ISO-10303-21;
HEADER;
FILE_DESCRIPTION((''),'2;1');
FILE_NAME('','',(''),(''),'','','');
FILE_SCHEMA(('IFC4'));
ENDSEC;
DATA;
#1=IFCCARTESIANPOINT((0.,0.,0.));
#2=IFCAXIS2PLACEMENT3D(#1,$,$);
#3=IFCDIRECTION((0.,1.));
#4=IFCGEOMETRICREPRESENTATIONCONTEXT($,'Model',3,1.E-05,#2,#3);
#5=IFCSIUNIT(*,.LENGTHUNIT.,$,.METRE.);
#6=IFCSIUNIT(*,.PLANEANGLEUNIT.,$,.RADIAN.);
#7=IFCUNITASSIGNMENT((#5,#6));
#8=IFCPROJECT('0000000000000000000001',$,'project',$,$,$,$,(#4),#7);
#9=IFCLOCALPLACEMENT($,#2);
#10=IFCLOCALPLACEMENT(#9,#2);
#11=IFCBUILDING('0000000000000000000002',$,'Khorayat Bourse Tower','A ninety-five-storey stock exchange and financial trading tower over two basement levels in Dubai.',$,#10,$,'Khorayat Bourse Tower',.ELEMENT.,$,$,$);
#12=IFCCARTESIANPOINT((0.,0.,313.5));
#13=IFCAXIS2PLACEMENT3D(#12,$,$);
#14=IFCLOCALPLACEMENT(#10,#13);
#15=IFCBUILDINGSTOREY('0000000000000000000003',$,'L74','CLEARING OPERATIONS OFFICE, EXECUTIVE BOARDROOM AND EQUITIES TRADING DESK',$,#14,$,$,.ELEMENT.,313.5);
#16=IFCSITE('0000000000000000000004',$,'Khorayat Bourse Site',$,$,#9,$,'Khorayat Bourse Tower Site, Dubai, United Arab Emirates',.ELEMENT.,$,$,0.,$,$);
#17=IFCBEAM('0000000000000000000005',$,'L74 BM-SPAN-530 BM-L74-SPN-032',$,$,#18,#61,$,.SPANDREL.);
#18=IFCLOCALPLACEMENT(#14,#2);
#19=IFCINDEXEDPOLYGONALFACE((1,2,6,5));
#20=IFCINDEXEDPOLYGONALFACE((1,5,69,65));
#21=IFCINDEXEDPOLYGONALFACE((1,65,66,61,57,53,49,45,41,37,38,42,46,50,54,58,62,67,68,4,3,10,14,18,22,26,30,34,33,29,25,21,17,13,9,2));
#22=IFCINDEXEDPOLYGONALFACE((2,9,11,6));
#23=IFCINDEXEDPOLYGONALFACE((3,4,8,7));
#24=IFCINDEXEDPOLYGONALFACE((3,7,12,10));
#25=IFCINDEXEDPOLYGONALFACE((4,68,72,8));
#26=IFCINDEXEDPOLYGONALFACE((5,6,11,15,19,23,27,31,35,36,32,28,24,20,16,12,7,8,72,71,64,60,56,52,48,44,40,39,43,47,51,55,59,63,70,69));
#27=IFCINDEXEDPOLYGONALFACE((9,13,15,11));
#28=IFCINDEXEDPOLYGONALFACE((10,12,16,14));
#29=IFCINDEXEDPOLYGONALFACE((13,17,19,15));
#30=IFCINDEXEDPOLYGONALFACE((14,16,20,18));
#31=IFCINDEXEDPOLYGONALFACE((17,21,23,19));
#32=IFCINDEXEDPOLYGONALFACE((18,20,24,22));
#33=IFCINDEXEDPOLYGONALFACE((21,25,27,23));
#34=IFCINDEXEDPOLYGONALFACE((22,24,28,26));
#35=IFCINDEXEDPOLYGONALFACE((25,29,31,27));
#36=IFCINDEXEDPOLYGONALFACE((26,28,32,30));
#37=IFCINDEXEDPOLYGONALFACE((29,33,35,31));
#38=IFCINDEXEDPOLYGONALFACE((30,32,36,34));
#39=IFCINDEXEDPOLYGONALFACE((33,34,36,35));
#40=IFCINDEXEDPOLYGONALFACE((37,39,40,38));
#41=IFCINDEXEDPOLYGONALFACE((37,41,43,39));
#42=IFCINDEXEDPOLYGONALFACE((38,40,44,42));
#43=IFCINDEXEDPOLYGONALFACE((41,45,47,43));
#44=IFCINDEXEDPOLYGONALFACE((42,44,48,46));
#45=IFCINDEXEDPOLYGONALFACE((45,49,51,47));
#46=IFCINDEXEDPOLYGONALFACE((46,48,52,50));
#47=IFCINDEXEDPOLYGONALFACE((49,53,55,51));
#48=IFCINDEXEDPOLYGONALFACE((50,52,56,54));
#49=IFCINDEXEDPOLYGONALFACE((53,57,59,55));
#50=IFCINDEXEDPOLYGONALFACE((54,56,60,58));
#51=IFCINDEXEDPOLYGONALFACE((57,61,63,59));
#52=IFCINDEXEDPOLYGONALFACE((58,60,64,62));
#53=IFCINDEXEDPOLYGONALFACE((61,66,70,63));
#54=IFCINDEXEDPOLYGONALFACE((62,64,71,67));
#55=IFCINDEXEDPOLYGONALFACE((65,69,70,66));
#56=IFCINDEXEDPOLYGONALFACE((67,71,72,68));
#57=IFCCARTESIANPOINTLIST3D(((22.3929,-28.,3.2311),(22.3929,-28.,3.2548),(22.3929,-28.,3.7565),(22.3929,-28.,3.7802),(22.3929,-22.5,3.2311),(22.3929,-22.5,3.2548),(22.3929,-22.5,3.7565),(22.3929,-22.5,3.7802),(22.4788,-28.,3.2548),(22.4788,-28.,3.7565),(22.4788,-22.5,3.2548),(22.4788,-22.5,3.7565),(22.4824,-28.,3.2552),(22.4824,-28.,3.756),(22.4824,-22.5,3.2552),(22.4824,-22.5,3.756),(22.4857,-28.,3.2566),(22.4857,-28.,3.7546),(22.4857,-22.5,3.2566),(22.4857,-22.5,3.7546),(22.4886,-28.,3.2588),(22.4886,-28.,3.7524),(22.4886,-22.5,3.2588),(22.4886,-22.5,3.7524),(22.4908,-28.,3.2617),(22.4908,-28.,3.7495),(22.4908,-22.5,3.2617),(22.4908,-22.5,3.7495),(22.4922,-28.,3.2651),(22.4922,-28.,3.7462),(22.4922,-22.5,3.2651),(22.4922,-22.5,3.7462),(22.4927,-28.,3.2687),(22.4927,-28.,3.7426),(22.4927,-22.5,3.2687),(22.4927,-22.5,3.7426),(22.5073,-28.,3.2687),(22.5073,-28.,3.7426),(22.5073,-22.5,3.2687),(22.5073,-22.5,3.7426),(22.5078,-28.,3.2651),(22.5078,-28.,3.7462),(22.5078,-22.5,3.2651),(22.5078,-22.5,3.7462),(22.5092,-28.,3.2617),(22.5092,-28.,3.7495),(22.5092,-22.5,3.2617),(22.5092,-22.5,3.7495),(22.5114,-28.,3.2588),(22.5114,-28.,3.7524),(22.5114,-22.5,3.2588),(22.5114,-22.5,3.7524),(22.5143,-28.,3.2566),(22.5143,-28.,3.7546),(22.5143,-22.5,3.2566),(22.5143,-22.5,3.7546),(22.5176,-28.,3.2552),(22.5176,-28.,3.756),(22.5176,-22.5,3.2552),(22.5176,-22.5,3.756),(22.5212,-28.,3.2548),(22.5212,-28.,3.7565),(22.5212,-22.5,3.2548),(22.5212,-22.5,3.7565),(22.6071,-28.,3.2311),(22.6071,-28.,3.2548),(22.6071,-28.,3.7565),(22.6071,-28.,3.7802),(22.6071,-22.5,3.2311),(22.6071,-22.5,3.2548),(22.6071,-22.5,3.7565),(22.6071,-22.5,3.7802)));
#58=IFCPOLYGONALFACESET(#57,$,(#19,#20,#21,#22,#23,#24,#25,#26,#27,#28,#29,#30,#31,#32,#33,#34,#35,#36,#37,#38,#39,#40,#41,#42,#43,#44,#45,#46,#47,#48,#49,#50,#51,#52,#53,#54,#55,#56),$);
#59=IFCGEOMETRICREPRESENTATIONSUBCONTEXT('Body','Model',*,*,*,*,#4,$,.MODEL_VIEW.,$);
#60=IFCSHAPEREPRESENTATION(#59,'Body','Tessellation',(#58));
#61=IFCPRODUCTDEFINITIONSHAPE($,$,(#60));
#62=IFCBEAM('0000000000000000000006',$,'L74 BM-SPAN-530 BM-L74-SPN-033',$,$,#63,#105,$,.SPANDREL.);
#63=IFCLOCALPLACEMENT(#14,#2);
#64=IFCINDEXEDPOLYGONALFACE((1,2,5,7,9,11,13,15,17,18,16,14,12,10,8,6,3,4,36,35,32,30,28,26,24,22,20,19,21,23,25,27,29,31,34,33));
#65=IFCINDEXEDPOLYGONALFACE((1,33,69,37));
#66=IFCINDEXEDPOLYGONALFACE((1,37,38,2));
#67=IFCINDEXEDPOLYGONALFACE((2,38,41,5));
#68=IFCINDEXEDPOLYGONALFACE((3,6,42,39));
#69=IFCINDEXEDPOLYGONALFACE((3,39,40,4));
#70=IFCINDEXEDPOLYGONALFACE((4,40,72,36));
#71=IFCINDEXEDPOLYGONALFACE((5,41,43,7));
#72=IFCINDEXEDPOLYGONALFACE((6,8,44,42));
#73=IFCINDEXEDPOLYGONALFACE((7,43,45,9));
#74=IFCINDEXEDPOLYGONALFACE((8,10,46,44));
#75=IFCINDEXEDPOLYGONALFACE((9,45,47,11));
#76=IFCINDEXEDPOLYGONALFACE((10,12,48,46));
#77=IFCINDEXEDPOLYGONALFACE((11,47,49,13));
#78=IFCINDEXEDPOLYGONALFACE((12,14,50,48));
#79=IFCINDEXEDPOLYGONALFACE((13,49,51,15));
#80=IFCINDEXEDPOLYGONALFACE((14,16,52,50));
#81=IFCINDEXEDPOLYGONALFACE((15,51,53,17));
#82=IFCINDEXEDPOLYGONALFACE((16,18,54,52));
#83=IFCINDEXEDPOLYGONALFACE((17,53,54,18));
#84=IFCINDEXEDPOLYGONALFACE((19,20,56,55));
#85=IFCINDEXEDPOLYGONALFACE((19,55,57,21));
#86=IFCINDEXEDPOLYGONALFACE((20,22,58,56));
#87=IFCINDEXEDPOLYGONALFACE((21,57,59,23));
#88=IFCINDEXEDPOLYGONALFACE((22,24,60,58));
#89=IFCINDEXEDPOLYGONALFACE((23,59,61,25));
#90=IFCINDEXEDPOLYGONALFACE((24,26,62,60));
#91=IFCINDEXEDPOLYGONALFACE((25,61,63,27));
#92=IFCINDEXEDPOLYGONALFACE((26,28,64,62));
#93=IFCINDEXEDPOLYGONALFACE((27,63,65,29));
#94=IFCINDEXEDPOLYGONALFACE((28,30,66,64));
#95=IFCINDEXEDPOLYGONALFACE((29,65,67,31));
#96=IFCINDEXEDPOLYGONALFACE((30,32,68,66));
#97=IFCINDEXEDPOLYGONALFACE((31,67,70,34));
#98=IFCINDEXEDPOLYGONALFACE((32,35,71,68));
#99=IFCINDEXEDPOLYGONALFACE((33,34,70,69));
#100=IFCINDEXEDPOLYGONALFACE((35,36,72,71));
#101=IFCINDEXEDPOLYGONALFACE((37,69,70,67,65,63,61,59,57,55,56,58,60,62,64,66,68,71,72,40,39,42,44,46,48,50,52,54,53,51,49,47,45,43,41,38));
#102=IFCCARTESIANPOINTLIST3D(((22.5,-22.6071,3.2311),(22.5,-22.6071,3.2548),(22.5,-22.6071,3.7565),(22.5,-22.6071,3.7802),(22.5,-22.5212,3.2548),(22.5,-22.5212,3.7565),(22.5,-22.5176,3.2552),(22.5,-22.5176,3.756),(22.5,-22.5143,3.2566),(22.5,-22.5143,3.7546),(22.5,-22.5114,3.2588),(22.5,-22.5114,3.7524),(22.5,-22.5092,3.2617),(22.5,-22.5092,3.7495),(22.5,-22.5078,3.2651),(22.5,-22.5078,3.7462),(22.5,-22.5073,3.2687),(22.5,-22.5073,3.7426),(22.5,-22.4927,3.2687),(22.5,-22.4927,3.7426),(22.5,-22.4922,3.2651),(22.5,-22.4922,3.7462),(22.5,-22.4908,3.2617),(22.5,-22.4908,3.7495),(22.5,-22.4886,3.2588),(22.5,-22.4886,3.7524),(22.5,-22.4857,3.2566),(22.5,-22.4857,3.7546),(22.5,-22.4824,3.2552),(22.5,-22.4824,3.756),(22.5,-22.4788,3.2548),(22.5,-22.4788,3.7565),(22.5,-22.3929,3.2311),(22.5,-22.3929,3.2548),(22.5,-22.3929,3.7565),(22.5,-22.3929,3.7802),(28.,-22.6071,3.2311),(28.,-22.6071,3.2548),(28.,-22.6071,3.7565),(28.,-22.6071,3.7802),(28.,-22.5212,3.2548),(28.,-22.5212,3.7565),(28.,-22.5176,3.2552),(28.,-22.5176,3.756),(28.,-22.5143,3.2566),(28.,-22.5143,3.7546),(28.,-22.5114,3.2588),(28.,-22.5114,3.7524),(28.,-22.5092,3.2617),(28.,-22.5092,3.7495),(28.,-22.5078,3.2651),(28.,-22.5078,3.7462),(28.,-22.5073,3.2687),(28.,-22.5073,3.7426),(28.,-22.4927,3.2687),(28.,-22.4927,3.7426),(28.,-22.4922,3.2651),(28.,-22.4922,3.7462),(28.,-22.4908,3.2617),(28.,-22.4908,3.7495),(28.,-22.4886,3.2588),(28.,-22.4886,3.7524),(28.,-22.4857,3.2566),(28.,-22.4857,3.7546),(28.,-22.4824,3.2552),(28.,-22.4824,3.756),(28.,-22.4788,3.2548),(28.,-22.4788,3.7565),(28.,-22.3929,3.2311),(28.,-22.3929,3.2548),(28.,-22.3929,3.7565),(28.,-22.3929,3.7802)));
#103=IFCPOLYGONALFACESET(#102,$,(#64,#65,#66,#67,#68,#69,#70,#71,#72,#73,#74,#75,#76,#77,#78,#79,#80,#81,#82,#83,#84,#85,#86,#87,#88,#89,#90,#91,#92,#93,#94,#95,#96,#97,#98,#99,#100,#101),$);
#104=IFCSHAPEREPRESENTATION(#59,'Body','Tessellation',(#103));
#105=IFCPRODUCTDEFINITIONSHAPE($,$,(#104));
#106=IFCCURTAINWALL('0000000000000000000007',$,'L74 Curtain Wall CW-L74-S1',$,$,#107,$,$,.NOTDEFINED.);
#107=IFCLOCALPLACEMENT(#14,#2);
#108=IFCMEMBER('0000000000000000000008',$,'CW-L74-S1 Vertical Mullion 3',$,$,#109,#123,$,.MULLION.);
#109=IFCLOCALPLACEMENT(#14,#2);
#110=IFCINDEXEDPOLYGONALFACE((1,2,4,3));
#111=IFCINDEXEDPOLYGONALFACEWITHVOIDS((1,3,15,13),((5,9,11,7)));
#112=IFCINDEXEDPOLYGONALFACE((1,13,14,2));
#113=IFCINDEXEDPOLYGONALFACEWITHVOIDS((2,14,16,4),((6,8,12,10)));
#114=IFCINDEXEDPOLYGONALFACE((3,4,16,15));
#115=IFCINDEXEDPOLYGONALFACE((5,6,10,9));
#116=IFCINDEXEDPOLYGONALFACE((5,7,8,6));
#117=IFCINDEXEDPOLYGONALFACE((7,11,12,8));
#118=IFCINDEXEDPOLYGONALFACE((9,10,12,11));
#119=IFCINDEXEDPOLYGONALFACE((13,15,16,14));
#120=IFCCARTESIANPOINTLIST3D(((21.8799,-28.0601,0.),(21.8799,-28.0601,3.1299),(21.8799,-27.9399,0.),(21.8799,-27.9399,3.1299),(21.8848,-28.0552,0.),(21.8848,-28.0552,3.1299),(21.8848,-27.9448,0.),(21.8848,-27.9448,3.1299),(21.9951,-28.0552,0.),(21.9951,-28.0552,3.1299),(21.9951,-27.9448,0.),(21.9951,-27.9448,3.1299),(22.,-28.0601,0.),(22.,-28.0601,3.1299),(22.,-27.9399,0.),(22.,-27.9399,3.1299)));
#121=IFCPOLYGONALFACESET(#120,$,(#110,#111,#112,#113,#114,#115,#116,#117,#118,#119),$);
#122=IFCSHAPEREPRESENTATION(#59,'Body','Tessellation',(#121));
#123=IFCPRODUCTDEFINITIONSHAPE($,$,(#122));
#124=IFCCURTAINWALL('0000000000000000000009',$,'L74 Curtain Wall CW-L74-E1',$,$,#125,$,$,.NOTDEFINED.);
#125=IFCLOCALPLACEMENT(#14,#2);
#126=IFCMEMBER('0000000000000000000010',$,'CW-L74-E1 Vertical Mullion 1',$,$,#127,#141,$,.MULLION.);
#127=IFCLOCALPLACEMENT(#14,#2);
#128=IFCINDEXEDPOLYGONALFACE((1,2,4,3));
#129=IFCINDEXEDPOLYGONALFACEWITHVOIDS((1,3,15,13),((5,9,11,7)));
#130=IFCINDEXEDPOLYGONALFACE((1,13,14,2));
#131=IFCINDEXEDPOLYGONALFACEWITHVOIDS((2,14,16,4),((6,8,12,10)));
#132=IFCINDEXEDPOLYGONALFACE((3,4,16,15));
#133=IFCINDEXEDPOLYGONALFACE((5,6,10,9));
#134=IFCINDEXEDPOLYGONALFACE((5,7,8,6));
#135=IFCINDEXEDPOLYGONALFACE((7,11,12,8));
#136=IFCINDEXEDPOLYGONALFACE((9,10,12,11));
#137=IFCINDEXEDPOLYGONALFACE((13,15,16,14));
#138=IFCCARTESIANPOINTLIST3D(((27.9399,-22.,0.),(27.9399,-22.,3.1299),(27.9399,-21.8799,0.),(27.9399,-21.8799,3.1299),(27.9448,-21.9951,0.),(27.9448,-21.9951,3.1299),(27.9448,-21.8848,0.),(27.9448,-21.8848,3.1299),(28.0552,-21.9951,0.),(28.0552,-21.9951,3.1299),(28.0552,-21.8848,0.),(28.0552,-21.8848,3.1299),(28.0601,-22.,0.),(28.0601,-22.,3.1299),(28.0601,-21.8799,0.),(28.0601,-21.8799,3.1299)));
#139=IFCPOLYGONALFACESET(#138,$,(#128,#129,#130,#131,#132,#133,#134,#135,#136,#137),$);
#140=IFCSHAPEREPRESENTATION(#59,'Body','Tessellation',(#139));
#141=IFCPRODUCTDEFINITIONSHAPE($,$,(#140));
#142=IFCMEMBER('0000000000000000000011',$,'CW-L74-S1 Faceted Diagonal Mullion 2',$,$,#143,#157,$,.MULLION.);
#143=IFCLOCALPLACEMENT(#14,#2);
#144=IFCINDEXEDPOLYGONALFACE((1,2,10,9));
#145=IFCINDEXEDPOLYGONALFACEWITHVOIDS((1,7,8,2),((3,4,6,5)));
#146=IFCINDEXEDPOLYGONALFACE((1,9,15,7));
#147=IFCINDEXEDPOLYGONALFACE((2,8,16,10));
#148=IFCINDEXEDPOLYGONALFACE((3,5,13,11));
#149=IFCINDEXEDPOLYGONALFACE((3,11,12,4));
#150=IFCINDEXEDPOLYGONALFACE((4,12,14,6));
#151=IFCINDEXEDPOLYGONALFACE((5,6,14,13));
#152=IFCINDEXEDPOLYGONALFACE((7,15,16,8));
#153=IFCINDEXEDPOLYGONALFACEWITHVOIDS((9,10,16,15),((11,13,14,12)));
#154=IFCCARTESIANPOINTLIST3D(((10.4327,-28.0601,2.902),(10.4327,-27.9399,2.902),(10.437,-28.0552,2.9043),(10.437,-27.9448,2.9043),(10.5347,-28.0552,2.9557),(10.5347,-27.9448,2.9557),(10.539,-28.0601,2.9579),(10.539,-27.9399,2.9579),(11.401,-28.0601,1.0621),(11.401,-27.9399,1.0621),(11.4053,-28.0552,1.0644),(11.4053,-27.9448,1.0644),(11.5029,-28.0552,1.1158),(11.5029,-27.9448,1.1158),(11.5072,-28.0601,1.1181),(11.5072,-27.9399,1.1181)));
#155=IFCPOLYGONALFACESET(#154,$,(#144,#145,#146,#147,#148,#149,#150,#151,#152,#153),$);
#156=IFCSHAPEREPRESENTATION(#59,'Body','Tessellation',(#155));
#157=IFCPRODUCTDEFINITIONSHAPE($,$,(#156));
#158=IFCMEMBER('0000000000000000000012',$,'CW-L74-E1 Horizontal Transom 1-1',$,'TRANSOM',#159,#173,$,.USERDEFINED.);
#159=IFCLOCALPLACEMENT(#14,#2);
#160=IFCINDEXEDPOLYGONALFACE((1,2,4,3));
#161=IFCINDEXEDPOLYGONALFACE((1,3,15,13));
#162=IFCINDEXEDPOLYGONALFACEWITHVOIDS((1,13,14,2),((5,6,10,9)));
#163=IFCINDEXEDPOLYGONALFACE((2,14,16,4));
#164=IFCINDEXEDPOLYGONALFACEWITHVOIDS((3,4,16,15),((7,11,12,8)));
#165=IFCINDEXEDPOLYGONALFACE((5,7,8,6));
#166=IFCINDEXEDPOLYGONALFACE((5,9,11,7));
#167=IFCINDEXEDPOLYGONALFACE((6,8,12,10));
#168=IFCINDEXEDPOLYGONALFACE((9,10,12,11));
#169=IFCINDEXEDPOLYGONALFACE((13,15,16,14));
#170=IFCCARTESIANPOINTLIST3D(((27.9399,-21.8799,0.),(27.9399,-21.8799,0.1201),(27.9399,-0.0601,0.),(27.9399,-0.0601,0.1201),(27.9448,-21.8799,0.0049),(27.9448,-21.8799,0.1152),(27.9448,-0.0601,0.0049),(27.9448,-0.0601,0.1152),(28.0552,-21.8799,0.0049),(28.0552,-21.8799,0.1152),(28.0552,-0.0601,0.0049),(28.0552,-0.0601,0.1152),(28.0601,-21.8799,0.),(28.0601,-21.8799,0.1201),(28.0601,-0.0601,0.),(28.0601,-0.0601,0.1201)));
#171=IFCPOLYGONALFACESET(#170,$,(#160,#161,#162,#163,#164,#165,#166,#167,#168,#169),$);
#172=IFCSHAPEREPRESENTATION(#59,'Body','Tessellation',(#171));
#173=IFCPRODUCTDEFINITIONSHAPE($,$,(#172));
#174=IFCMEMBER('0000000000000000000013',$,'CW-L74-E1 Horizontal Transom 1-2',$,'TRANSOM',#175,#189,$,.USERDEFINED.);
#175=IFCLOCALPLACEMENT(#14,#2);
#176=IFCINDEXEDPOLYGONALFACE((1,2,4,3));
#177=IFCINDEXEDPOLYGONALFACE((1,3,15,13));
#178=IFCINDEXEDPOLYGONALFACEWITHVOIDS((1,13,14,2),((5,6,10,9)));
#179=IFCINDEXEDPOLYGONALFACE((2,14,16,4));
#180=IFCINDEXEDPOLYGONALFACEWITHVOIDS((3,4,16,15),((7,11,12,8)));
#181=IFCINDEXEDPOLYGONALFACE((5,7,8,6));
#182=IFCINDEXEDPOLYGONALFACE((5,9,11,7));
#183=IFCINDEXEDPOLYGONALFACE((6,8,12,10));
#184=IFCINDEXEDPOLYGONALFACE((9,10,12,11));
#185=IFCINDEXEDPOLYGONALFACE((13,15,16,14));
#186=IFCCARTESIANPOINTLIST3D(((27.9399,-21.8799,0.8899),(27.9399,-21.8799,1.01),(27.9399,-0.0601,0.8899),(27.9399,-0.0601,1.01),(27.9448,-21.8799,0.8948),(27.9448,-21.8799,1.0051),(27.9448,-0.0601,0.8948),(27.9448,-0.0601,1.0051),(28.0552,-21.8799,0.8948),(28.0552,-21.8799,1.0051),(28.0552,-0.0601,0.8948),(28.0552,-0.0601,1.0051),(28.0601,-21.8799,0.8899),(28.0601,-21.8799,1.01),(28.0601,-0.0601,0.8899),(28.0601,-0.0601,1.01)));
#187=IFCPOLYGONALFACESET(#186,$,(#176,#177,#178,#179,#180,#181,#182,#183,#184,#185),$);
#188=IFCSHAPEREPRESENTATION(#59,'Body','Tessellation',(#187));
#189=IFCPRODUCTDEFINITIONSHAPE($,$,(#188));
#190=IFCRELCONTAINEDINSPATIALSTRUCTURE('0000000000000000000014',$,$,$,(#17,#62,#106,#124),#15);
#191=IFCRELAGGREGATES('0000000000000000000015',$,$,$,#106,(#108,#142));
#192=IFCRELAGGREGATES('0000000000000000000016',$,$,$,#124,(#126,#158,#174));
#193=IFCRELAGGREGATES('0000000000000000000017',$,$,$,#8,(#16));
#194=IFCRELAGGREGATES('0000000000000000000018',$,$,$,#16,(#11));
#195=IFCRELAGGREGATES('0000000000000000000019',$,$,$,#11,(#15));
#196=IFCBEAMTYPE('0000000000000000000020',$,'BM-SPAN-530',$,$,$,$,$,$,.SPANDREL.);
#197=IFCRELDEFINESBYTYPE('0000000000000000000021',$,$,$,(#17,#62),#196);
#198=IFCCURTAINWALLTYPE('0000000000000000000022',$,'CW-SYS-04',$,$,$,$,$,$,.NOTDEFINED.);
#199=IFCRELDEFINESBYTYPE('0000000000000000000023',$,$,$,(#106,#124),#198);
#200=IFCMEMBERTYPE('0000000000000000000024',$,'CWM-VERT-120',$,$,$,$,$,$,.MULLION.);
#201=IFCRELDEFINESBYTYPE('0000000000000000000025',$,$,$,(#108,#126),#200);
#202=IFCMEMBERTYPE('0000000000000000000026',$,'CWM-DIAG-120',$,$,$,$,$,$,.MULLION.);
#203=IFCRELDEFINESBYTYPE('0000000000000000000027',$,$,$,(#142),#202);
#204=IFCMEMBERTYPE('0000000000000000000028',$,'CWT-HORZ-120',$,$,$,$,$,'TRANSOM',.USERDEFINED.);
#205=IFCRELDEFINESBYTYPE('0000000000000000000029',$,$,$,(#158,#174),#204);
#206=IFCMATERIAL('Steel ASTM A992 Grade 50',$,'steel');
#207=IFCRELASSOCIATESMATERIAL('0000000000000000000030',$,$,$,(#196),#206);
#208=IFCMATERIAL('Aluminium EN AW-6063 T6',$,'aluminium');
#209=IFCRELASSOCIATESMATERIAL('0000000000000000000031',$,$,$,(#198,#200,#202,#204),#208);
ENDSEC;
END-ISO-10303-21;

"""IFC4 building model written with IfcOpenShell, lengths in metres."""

from ifc_helpers import new_model, si_unit, direction, frame, origin, origin_2d, place, context, subcontext, project, spatial, hollow_rectangle, i_section, extrude, source, transform, mapped, material, material_profile, profile_set, type_object, element, aggregate, save


model = new_model("IFC4")

# Units and contexts
model_context = context("Model", 3, precision=1e-05, world=origin(), true_north=direction((0.0, 1.0)))
body_context = subcontext(model_context, "Body", "Model", "MODEL_VIEW")
ifc_project = project(units=[si_unit("LENGTHUNIT", "METRE"), si_unit("PLANEANGLEUNIT", "RADIAN")], contexts=[model_context])

# Site, building, storey
site_placement = place(None, origin())
site = spatial("IfcSite", under=ifc_project, at=site_placement, Name="Khorayat Bourse Site", LongName="Khorayat Bourse Tower Site, Dubai, United Arab Emirates", CompositionType="ELEMENT", RefElevation=0.0)
building_placement = place(site_placement, origin())
building = spatial("IfcBuilding", under=site, at=building_placement, Name="Khorayat Bourse Tower", Description="A ninety-five-storey stock exchange and financial trading tower over two basement levels in Dubai.", LongName="Khorayat Bourse Tower", CompositionType="ELEMENT")
storey_placement = place(building_placement, frame((0.0, 0.0, 313.5)))
storey = spatial("IfcBuildingStorey", under=building, at=storey_placement, Name="L74", Description="CLEARING OPERATIONS OFFICE, EXECUTIVE BOARDROOM AND EQUITIES TRADING DESK", CompositionType="ELEMENT", Elevation=313.5)

# Beams
ifc_material_1 = material(Name="Steel ASTM A992 Grade 50", Category="steel")
ifc_material_profile_1 = material_profile(ifc_material_1, i_section(OverallWidth=0.2141, OverallDepth=0.5491, WebThickness=0.0146, FlangeThickness=0.0237, FilletRadius=0.0139, at=origin_2d()), Name="W530X138")
ifc_profile_set_1 = profile_set([ifc_material_profile_1], Name="Steel ASTM A992 Grade 50")
beam_type_1 = type_object("IfcBeamType", Name="BM-SPAN-530", PredefinedType="SPANDREL", material=ifc_profile_set_1)
shared_shape_1 = source(origin(), body_context, "Body", "SweptSolid", [
    extrude(i_section(OverallWidth=0.2141, OverallDepth=0.5491, WebThickness=0.0146, FlangeThickness=0.0237, FilletRadius=0.0139, at=origin_2d()), origin(), (0.0, 0.0, 1.0), 5.5),
])
for number, where, z_axis, x_axis, name in (
    (1, (22.5, -28.0, 3.5056), (0.0, 1.0, 0.0), (-1.0, 0.0, 0.0), "L74 BM-SPAN-530 BM-L74-SPN-032"),
    (2, (22.5, -22.5, 3.5056), (1.0, 0.0, 0.0), (0.0, 1.0, 0.0), "L74 BM-SPAN-530 BM-L74-SPN-033"),
):
    element("IfcBeam", number, at=place(storey_placement, frame(where, z_axis=z_axis, x_axis=x_axis)), inside=storey, type_object=beam_type_1, Name=name, PredefinedType="SPANDREL", context=body_context, shape_type="MappedRepresentation", body=[
        mapped(shared_shape_1, transform((0.0, 0.0, 0.0), scale=1.0)),
    ])

# Curtain walls, members
ifc_material_2 = material(Name="Aluminium EN AW-6063 T6", Category="aluminium")
curtain_wall_type = type_object("IfcCurtainWallType", Name="CW-SYS-04", PredefinedType="NOTDEFINED", material=ifc_material_2)
curtain_wall_1_placement = place(storey_placement, origin())
curtain_wall_1 = element("IfcCurtainWall", 3, at=curtain_wall_1_placement, inside=storey, type_object=curtain_wall_type, Name="L74 Curtain Wall CW-L74-S1", PredefinedType="NOTDEFINED")
ifc_material_profile_2 = material_profile(ifc_material_2, hollow_rectangle(XDim=0.1201, YDim=0.1201, WallThickness=0.0049, at=origin_2d()), Name="ALU 120x120x5")
ifc_profile_set_2 = profile_set([ifc_material_profile_2], Name="Aluminium EN AW-6063 T6")
member_type_1 = type_object("IfcMemberType", Name="CWM-VERT-120", PredefinedType="MULLION", material=ifc_profile_set_2)
shared_shape_2 = source(origin(), body_context, "Body", "SweptSolid", [
    extrude(hollow_rectangle(XDim=0.1201, YDim=0.1201, WallThickness=0.0049, at=origin_2d()), origin(), (0.0, 0.0, 1.0), 3.1299),
])
member_1_placement = place(storey_placement, frame((21.9399, -28.0, 0.0), z_axis=(0.0, 0.0, 1.0), x_axis=(0.0, 1.0, 0.0)))
member_1 = element("IfcMember", 4, at=member_1_placement, type_object=member_type_1, Name="CW-L74-S1 Vertical Mullion 3", PredefinedType="MULLION", context=body_context, shape_type="MappedRepresentation", body=[
    mapped(shared_shape_2, transform((0.0, 0.0, 0.0), scale=1.0)),
])
curtain_wall_2_placement = place(storey_placement, origin())
curtain_wall_2 = element("IfcCurtainWall", 5, at=curtain_wall_2_placement, inside=storey, type_object=curtain_wall_type, Name="L74 Curtain Wall CW-L74-E1", PredefinedType="NOTDEFINED")
member_2_placement = place(storey_placement, frame((28.0, -21.9399, 0.0), z_axis=(0.0, 0.0, 1.0), x_axis=(-1.0, 0.0, 0.0)))
member_2 = element("IfcMember", 6, at=member_2_placement, type_object=member_type_1, Name="CW-L74-E1 Vertical Mullion 1", PredefinedType="MULLION", context=body_context, shape_type="MappedRepresentation", body=[
    mapped(shared_shape_2, transform((0.0, 0.0, 0.0), scale=1.0)),
])

# Members
ifc_material_profile_3 = material_profile(ifc_material_2, hollow_rectangle(XDim=0.1201, YDim=0.1201, WallThickness=0.0049, at=origin_2d()), Name="ALU 120x120x5")
ifc_profile_set_3 = profile_set([ifc_material_profile_3], Name="Aluminium EN AW-6063 T6")
member_type_2 = type_object("IfcMemberType", Name="CWM-DIAG-120", PredefinedType="MULLION", material=ifc_profile_set_3)
shared_shape_3 = source(origin(), body_context, "Body", "SweptSolid", [
    extrude(hollow_rectangle(XDim=0.1201, YDim=0.1201, WallThickness=0.0049, at=origin_2d()), origin(), (0.0, 0.0, 1.0), 2.0791),
])
member_3_placement = place(storey_placement, frame((11.4541, -28.0, 1.0901), z_axis=(-0.465717, 0.0, 0.884934), x_axis=(0.0, -1.0, 0.0)))
member_3 = element("IfcMember", 7, at=member_3_placement, type_object=member_type_2, Name="CW-L74-S1 Faceted Diagonal Mullion 2", PredefinedType="MULLION", context=body_context, shape_type="MappedRepresentation", body=[
    mapped(shared_shape_3, transform((0.0, 0.0, 0.0), scale=1.0)),
])
aggregate(curtain_wall_1, [member_1, member_3])
ifc_material_profile_4 = material_profile(ifc_material_2, hollow_rectangle(XDim=0.1201, YDim=0.1201, WallThickness=0.0049, at=origin_2d()), Name="ALU 120x120x5")
ifc_profile_set_4 = profile_set([ifc_material_profile_4], Name="Aluminium EN AW-6063 T6")
member_type_3 = type_object("IfcMemberType", Name="CWT-HORZ-120", ElementType="TRANSOM", PredefinedType="USERDEFINED", material=ifc_profile_set_4)
shared_shape_4 = source(origin(), body_context, "Body", "SweptSolid", [
    extrude(hollow_rectangle(XDim=0.1201, YDim=0.1201, WallThickness=0.0049, at=origin_2d()), origin(), (0.0, 0.0, 1.0), 21.8198),
])
member_4_placement = place(storey_placement, frame((28.0, -21.8799, 0.0601), z_axis=(0.0, 1.0, 0.0), x_axis=(-1.0, 0.0, 0.0)))
member_4 = element("IfcMember", 8, at=member_4_placement, type_object=member_type_3, Name="CW-L74-E1 Horizontal Transom 1-1", ObjectType="TRANSOM", PredefinedType="USERDEFINED", context=body_context, shape_type="MappedRepresentation", body=[
    mapped(shared_shape_4, transform((0.0, 0.0, 0.0), scale=1.0)),
])
member_5_placement = place(storey_placement, frame((28.0, -21.8799, 0.95), z_axis=(0.0, 1.0, 0.0), x_axis=(-1.0, 0.0, 0.0)))
member_5 = element("IfcMember", 9, at=member_5_placement, type_object=member_type_3, Name="CW-L74-E1 Horizontal Transom 1-2", ObjectType="TRANSOM", PredefinedType="USERDEFINED", context=body_context, shape_type="MappedRepresentation", body=[
    mapped(shared_shape_4, transform((0.0, 0.0, 0.0), scale=1.0)),
])
aggregate(curtain_wall_2, [member_2, member_4, member_5])

save(model, "model.ifc")
